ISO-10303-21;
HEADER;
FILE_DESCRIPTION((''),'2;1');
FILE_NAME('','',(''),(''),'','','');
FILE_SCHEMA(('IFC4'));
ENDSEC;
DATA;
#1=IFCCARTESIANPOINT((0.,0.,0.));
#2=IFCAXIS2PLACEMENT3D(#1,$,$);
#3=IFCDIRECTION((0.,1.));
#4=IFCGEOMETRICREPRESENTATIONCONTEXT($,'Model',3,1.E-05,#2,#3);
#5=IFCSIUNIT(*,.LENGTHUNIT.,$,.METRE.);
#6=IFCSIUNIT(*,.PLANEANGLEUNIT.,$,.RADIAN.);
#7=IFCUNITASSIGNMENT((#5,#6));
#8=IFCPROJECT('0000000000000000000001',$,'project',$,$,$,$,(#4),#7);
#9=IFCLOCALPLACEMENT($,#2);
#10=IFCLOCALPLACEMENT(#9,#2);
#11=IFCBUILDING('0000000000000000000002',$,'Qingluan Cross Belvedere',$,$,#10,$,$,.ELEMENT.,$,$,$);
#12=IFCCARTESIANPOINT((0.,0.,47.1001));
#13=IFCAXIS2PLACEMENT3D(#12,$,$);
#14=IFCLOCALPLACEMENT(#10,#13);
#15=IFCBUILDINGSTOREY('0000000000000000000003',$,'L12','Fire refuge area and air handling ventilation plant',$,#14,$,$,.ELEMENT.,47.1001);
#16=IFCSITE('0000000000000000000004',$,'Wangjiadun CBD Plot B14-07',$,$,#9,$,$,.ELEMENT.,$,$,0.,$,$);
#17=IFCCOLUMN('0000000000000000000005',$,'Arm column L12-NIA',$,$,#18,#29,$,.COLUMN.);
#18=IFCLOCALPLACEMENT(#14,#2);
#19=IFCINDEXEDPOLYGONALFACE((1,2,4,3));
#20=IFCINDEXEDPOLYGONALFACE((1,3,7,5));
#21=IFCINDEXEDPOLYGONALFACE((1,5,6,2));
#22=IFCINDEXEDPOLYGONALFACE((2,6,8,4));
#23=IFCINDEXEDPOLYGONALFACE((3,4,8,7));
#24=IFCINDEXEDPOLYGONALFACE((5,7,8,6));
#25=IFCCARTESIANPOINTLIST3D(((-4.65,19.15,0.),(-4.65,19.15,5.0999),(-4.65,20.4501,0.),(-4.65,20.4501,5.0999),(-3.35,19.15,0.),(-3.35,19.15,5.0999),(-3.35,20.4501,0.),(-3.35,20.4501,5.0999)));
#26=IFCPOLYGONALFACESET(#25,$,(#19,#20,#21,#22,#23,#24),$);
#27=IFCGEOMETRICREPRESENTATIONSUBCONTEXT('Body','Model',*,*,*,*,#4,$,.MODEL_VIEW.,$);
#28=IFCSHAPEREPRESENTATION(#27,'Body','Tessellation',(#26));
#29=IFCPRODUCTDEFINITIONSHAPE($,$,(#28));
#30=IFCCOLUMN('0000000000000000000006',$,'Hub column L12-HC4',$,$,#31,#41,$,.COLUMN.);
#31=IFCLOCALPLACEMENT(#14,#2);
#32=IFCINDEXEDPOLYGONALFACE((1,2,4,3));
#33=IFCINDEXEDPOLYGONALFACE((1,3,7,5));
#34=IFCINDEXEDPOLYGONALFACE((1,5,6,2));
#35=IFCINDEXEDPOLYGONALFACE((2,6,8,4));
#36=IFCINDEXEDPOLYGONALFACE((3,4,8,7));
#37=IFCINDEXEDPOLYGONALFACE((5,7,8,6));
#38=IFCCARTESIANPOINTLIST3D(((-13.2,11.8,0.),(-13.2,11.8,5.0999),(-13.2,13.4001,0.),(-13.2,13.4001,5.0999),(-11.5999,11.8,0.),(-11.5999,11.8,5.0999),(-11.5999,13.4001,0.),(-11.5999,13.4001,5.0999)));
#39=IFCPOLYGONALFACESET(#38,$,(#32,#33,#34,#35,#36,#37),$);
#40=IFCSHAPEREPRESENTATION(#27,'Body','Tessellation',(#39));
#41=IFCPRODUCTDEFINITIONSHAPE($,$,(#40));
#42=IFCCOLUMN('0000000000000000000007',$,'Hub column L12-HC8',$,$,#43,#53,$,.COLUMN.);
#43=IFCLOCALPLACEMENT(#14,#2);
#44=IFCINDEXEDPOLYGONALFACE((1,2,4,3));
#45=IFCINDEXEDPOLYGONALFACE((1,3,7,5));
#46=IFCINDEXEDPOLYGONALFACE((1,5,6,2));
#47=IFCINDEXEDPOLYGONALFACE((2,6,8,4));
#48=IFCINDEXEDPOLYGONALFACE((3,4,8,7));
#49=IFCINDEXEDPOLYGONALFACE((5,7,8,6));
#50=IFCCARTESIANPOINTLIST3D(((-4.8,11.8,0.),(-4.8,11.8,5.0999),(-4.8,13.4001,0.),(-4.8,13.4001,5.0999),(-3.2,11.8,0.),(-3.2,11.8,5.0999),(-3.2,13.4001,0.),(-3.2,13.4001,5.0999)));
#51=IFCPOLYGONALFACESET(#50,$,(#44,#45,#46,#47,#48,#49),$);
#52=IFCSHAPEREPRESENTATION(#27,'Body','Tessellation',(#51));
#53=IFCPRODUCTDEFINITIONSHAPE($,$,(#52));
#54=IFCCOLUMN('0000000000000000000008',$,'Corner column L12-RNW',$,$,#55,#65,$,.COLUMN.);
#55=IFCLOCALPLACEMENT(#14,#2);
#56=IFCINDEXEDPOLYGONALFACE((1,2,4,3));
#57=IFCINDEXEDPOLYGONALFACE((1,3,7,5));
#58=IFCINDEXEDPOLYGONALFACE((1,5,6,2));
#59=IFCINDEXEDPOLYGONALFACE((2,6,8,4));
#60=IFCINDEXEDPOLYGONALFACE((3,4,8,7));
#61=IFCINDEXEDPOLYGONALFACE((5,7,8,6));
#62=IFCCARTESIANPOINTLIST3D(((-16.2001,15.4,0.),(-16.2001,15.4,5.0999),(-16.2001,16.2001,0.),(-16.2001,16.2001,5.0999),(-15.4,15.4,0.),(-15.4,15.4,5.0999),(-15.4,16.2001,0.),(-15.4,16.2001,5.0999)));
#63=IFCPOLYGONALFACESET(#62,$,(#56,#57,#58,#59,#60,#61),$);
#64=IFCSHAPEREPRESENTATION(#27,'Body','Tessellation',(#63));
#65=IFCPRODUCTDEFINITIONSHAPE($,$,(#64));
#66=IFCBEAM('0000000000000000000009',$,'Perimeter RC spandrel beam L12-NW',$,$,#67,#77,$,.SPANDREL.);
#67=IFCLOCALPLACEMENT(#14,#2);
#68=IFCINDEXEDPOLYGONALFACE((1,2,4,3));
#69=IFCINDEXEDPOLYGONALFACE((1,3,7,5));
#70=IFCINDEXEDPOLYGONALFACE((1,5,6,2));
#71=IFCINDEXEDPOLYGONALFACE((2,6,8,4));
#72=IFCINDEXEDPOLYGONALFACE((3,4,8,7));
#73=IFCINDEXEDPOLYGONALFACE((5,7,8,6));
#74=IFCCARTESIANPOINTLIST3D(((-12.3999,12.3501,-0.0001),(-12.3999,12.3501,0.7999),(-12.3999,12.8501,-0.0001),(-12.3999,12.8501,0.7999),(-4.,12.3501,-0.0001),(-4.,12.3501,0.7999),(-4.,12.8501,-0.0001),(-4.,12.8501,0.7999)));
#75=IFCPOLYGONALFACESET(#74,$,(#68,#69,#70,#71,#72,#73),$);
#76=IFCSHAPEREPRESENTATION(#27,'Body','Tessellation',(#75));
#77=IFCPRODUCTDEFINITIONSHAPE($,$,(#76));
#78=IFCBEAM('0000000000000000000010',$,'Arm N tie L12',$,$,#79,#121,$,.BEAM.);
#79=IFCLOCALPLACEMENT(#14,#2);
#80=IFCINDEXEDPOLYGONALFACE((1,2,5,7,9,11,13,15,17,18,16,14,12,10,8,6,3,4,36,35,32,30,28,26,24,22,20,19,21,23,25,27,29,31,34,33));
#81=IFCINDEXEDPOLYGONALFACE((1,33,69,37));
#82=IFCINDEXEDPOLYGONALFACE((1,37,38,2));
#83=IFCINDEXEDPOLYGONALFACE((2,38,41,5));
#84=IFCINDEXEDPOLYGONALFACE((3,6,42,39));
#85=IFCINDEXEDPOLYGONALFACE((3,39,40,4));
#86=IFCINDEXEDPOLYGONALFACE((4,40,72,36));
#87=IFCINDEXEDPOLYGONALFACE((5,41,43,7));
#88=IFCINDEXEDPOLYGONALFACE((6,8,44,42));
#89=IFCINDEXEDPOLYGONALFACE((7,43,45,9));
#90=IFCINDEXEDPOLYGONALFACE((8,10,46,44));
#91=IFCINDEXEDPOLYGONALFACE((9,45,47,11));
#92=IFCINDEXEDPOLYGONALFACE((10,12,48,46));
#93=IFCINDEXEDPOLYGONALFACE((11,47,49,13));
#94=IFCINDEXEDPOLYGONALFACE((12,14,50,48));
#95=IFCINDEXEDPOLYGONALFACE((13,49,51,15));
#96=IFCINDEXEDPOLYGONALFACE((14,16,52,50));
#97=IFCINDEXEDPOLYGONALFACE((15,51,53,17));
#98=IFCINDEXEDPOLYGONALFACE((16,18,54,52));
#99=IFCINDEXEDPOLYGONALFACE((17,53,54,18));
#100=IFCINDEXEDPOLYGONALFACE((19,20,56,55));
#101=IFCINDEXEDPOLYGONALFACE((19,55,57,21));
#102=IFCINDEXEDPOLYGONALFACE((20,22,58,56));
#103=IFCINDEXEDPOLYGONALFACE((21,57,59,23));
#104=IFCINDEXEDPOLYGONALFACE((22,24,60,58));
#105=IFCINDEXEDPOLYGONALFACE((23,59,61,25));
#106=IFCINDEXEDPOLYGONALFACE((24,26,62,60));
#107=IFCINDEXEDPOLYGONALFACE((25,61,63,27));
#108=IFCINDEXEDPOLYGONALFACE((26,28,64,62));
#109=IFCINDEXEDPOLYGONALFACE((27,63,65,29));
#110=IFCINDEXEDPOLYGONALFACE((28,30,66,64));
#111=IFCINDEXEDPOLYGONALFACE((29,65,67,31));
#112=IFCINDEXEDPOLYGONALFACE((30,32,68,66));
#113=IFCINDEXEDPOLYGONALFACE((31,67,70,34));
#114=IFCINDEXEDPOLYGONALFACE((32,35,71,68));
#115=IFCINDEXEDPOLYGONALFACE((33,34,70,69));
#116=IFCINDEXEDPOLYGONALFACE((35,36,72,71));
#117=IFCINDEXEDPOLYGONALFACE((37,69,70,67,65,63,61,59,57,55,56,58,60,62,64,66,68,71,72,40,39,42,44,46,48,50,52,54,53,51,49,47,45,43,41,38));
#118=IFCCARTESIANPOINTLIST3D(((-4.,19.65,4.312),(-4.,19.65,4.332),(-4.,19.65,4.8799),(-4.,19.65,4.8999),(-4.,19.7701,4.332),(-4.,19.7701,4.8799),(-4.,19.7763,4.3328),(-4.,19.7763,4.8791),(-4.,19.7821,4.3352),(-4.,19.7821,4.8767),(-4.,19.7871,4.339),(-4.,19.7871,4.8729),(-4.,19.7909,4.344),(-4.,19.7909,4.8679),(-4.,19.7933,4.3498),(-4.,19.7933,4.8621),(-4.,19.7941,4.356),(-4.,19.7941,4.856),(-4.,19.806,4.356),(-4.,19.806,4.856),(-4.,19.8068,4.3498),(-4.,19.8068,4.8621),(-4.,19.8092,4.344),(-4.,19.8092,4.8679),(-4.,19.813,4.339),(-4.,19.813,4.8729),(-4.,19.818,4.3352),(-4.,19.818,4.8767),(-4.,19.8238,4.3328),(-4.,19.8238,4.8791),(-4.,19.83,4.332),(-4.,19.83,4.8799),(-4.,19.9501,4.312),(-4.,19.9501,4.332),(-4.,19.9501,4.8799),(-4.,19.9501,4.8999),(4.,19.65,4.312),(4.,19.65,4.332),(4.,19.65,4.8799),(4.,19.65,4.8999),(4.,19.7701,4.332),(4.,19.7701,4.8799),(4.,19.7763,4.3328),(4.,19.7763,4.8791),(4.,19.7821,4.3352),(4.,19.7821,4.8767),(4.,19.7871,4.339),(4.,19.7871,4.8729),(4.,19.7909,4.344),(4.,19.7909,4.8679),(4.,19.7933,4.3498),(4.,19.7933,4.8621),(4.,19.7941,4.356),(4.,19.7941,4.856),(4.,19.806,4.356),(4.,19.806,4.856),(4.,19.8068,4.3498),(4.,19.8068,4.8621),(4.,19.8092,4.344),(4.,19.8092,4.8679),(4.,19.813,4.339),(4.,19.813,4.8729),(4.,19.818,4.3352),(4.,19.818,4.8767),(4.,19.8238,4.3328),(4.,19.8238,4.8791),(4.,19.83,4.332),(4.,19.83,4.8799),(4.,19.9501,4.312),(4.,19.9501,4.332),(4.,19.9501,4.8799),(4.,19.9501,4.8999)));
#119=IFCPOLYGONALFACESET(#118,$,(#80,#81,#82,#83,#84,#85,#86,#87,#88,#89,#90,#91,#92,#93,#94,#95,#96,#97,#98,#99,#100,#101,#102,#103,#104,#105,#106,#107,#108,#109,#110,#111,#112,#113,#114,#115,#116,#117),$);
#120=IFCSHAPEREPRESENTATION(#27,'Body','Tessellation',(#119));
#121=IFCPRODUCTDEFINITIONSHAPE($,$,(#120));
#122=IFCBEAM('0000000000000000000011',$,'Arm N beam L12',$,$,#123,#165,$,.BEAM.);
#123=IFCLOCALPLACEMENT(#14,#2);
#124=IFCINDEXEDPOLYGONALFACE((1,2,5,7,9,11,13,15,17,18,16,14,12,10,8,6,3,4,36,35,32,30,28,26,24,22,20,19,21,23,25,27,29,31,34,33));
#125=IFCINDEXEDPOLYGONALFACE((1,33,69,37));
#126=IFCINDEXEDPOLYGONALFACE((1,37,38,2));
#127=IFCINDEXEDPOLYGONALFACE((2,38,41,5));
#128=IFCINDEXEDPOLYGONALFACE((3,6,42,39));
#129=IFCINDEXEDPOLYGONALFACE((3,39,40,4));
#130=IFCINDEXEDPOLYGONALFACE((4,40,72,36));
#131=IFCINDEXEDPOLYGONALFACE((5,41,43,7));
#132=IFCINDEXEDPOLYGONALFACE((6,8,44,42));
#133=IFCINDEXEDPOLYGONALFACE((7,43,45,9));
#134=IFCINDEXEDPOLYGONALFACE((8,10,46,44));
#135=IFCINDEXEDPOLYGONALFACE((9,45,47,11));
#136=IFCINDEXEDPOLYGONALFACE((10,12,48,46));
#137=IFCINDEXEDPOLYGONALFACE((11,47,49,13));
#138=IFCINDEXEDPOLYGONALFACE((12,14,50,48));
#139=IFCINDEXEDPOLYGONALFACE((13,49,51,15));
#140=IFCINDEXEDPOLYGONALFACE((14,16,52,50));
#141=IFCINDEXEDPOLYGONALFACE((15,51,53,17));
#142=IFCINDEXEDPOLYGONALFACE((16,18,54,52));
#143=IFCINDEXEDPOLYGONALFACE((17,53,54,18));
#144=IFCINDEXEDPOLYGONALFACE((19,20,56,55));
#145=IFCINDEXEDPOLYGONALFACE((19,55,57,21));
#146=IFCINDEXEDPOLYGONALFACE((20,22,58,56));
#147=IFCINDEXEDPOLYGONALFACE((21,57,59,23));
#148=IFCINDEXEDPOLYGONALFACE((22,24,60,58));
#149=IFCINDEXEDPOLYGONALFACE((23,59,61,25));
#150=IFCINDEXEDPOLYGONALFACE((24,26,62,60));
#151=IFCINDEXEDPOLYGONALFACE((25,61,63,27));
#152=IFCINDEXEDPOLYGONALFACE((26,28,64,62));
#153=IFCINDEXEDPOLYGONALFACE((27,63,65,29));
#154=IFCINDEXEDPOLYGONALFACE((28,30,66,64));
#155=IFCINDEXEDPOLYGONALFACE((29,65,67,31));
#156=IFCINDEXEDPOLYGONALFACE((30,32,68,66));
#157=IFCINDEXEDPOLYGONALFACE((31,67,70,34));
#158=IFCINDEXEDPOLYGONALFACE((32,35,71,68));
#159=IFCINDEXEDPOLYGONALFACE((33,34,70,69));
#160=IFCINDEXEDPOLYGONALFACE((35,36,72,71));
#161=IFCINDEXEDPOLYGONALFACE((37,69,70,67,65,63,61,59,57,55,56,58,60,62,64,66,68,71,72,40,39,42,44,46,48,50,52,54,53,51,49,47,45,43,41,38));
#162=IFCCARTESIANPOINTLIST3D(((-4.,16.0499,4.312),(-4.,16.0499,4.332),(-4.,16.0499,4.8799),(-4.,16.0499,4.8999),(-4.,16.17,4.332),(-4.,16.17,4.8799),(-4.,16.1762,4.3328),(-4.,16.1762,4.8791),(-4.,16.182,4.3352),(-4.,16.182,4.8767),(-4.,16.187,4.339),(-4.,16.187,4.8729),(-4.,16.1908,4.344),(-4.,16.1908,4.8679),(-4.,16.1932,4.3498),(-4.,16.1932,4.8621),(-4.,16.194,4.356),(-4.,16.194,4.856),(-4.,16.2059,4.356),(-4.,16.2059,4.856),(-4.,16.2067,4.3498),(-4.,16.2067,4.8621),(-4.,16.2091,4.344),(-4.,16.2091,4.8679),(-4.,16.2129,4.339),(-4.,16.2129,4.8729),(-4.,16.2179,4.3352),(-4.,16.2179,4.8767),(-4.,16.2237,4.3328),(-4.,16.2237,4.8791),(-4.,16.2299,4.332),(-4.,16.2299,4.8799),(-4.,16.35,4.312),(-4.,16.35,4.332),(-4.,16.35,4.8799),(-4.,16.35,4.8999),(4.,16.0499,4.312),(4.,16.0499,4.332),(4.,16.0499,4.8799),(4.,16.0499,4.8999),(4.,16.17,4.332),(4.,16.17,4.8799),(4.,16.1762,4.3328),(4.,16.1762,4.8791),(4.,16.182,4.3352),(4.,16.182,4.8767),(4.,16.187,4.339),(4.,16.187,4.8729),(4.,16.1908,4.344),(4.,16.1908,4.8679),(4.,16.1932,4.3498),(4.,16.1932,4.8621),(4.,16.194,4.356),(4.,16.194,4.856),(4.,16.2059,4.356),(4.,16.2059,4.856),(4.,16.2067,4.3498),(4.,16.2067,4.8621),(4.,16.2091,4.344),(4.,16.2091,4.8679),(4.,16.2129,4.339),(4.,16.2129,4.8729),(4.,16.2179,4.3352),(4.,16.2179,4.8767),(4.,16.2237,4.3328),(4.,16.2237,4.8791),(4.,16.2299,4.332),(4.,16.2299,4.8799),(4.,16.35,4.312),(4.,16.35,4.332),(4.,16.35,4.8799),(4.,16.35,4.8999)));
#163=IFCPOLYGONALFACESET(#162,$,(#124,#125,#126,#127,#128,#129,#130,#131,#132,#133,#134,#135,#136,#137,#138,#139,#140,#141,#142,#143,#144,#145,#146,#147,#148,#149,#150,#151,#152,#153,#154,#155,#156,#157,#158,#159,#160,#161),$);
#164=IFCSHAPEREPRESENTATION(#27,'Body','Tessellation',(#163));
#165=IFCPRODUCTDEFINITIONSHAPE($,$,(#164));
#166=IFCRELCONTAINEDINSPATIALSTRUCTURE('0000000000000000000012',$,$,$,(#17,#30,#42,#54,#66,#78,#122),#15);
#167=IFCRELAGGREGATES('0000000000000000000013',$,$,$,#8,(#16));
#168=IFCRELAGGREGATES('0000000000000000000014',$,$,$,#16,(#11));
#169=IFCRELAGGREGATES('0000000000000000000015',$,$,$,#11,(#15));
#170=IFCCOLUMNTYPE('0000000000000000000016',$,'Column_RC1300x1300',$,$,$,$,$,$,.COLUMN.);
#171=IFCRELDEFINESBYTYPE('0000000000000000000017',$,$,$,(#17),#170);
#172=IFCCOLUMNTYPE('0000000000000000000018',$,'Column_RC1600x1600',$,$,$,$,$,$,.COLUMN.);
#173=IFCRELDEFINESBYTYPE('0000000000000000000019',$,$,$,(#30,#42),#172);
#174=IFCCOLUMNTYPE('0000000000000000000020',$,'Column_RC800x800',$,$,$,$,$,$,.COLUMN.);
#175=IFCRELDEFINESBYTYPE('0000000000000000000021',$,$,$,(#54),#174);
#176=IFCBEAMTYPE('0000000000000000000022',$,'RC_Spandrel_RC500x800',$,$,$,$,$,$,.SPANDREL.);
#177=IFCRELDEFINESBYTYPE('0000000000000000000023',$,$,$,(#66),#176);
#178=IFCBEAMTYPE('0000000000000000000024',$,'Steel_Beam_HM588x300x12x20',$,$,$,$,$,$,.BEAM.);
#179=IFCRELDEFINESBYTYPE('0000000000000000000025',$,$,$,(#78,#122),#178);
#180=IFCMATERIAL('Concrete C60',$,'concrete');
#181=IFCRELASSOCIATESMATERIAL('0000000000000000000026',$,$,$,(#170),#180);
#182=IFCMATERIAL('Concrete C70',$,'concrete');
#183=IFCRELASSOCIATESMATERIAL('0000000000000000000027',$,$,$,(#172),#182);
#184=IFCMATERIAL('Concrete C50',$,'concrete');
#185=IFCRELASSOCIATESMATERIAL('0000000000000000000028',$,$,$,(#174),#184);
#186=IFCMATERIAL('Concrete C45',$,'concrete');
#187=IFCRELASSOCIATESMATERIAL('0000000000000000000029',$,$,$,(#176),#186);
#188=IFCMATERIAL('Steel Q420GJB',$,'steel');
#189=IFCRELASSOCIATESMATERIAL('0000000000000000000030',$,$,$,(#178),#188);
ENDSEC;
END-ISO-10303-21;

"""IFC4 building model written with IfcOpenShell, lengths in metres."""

from ifc_helpers import new_model, si_unit, direction, frame, origin, origin_2d, place, context, subcontext, project, spatial, rectangle, i_section, extrude, material, material_profile, profile_set, type_object, element, save


model = new_model("IFC4")

# Units and contexts
model_context = context("Model", 3, precision=1e-05, world=origin(), true_north=direction((0.0, 1.0)))
body_context = subcontext(model_context, "Body", "Model", "MODEL_VIEW")
ifc_project = project(units=[si_unit("LENGTHUNIT", "METRE"), si_unit("PLANEANGLEUNIT", "RADIAN")], contexts=[model_context])

# Site, building, storey
site_placement = place(None, origin())
site = spatial("IfcSite", under=ifc_project, at=site_placement, Name="Wangjiadun CBD Plot B14-07", CompositionType="ELEMENT", RefElevation=0.0)
building_placement = place(site_placement, origin())
building = spatial("IfcBuilding", under=site, at=building_placement, Name="Qingluan Cross Belvedere", CompositionType="ELEMENT")
storey_placement = place(building_placement, frame((0.0, 0.0, 47.1001)))
storey = spatial("IfcBuildingStorey", under=building, at=storey_placement, Name="L12", Description="Fire refuge area and air handling ventilation plant", CompositionType="ELEMENT", Elevation=47.1001)

# Columns
ifc_material_1 = material(Name="Concrete C60", Category="concrete")
ifc_material_profile_1 = material_profile(ifc_material_1, rectangle(XDim=1.3, YDim=1.3, at=origin_2d()), Name="RC1300x1300")
ifc_profile_set_1 = profile_set([ifc_material_profile_1], Name="Concrete C60")
column_type_1 = type_object("IfcColumnType", Name="Column_RC1300x1300", PredefinedType="COLUMN", material=ifc_profile_set_1)
column_1_placement = place(storey_placement, frame((-4.0, 19.8, 0.0), z_axis=(0.0, 0.0, 1.0), x_axis=(1.0, 0.0, 0.0)))
element("IfcColumn", 1, at=column_1_placement, inside=storey, type_object=column_type_1, Name="Arm column L12-NIA", PredefinedType="COLUMN", context=body_context, shape_type="SweptSolid", body=[
    extrude(rectangle(XDim=1.3, YDim=1.3, at=origin_2d()), origin(), (0.0, 0.0, 1.0), 5.0999),
])
ifc_material_2 = material(Name="Concrete C70", Category="concrete")
ifc_material_profile_2 = material_profile(ifc_material_2, rectangle(XDim=1.6001, YDim=1.6001, at=origin_2d()), Name="RC1600x1600")
ifc_profile_set_2 = profile_set([ifc_material_profile_2], Name="Concrete C70")
column_type_2 = type_object("IfcColumnType", Name="Column_RC1600x1600", PredefinedType="COLUMN", material=ifc_profile_set_2)
for number, where, z_axis, x_axis, name in (
    (2, (-12.3999, 12.6001, 0.0), (0.0, 0.0, 1.0), (1.0, 0.0, 0.0), "Hub column L12-HC4"),
    (3, (-4.0, 12.6001, 0.0), (0.0, 0.0, 1.0), (1.0, 0.0, 0.0), "Hub column L12-HC8"),
):
    element("IfcColumn", number, at=place(storey_placement, frame(where, z_axis=z_axis, x_axis=x_axis)), inside=storey, type_object=column_type_2, Name=name, PredefinedType="COLUMN", context=body_context, shape_type="SweptSolid", body=[
        extrude(rectangle(XDim=1.6001, YDim=1.6001, at=origin_2d()), origin(), (0.0, 0.0, 1.0), 5.0999),
    ])
ifc_material_3 = material(Name="Concrete C50", Category="concrete")
ifc_material_profile_3 = material_profile(ifc_material_3, rectangle(XDim=0.8, YDim=0.8, at=origin_2d()), Name="RC800x800")
ifc_profile_set_3 = profile_set([ifc_material_profile_3], Name="Concrete C50")
column_type_3 = type_object("IfcColumnType", Name="Column_RC800x800", PredefinedType="COLUMN", material=ifc_profile_set_3)
column_2_placement = place(storey_placement, frame((-15.8, 15.8, 0.0), z_axis=(0.0, 0.0, 1.0), x_axis=(1.0, 0.0, 0.0)))
element("IfcColumn", 4, at=column_2_placement, inside=storey, type_object=column_type_3, Name="Corner column L12-RNW", PredefinedType="COLUMN", context=body_context, shape_type="SweptSolid", body=[
    extrude(rectangle(XDim=0.8, YDim=0.8, at=origin_2d()), origin(), (0.0, 0.0, 1.0), 5.0999),
])

# Beams
ifc_material_4 = material(Name="Concrete C45", Category="concrete")
ifc_material_profile_4 = material_profile(ifc_material_4, rectangle(XDim=0.5, YDim=0.8, at=origin_2d()), Name="RC500x800")
ifc_profile_set_4 = profile_set([ifc_material_profile_4], Name="Concrete C45")
beam_type_1 = type_object("IfcBeamType", Name="RC_Spandrel_RC500x800", PredefinedType="SPANDREL", material=ifc_profile_set_4)
beam_1_placement = place(storey_placement, frame((-12.3999, 12.6001, 0.3999), z_axis=(1.0, 0.0, 0.0), x_axis=(0.0, 1.0, 0.0)))
element("IfcBeam", 5, at=beam_1_placement, inside=storey, type_object=beam_type_1, Name="Perimeter RC spandrel beam L12-NW", PredefinedType="SPANDREL", context=body_context, shape_type="SweptSolid", body=[
    extrude(rectangle(XDim=0.5, YDim=0.8, at=origin_2d()), origin(), (0.0, 0.0, 1.0), 8.3999),
])
ifc_material_5 = material(Name="Steel Q420GJB", Category="steel")
ifc_material_profile_5 = material_profile(ifc_material_5, i_section(OverallWidth=0.3, OverallDepth=0.5879, WebThickness=0.012, FlangeThickness=0.02, FilletRadius=0.0239, at=origin_2d()), Name="HM588x300x12x20")
ifc_profile_set_5 = profile_set([ifc_material_profile_5], Name="Steel Q420GJB")
beam_type_2 = type_object("IfcBeamType", Name="Steel_Beam_HM588x300x12x20", PredefinedType="BEAM", material=ifc_profile_set_5)
for number, where, z_axis, x_axis, name in (
    (6, (-4.0, 19.8, 4.606), (1.0, 0.0, 0.0), (0.0, 1.0, 0.0), "Arm N tie L12"),
    (7, (-4.0, 16.2, 4.606), (1.0, 0.0, 0.0), (0.0, 1.0, 0.0), "Arm N beam L12"),
):
    element("IfcBeam", number, at=place(storey_placement, frame(where, z_axis=z_axis, x_axis=x_axis)), inside=storey, type_object=beam_type_2, Name=name, PredefinedType="BEAM", context=body_context, shape_type="SweptSolid", body=[
        extrude(i_section(OverallWidth=0.3, OverallDepth=0.5879, WebThickness=0.012, FlangeThickness=0.02, FilletRadius=0.0239, at=origin_2d()), origin(), (0.0, 0.0, 1.0), 8.0),
    ])

save(model, "model.ifc")
